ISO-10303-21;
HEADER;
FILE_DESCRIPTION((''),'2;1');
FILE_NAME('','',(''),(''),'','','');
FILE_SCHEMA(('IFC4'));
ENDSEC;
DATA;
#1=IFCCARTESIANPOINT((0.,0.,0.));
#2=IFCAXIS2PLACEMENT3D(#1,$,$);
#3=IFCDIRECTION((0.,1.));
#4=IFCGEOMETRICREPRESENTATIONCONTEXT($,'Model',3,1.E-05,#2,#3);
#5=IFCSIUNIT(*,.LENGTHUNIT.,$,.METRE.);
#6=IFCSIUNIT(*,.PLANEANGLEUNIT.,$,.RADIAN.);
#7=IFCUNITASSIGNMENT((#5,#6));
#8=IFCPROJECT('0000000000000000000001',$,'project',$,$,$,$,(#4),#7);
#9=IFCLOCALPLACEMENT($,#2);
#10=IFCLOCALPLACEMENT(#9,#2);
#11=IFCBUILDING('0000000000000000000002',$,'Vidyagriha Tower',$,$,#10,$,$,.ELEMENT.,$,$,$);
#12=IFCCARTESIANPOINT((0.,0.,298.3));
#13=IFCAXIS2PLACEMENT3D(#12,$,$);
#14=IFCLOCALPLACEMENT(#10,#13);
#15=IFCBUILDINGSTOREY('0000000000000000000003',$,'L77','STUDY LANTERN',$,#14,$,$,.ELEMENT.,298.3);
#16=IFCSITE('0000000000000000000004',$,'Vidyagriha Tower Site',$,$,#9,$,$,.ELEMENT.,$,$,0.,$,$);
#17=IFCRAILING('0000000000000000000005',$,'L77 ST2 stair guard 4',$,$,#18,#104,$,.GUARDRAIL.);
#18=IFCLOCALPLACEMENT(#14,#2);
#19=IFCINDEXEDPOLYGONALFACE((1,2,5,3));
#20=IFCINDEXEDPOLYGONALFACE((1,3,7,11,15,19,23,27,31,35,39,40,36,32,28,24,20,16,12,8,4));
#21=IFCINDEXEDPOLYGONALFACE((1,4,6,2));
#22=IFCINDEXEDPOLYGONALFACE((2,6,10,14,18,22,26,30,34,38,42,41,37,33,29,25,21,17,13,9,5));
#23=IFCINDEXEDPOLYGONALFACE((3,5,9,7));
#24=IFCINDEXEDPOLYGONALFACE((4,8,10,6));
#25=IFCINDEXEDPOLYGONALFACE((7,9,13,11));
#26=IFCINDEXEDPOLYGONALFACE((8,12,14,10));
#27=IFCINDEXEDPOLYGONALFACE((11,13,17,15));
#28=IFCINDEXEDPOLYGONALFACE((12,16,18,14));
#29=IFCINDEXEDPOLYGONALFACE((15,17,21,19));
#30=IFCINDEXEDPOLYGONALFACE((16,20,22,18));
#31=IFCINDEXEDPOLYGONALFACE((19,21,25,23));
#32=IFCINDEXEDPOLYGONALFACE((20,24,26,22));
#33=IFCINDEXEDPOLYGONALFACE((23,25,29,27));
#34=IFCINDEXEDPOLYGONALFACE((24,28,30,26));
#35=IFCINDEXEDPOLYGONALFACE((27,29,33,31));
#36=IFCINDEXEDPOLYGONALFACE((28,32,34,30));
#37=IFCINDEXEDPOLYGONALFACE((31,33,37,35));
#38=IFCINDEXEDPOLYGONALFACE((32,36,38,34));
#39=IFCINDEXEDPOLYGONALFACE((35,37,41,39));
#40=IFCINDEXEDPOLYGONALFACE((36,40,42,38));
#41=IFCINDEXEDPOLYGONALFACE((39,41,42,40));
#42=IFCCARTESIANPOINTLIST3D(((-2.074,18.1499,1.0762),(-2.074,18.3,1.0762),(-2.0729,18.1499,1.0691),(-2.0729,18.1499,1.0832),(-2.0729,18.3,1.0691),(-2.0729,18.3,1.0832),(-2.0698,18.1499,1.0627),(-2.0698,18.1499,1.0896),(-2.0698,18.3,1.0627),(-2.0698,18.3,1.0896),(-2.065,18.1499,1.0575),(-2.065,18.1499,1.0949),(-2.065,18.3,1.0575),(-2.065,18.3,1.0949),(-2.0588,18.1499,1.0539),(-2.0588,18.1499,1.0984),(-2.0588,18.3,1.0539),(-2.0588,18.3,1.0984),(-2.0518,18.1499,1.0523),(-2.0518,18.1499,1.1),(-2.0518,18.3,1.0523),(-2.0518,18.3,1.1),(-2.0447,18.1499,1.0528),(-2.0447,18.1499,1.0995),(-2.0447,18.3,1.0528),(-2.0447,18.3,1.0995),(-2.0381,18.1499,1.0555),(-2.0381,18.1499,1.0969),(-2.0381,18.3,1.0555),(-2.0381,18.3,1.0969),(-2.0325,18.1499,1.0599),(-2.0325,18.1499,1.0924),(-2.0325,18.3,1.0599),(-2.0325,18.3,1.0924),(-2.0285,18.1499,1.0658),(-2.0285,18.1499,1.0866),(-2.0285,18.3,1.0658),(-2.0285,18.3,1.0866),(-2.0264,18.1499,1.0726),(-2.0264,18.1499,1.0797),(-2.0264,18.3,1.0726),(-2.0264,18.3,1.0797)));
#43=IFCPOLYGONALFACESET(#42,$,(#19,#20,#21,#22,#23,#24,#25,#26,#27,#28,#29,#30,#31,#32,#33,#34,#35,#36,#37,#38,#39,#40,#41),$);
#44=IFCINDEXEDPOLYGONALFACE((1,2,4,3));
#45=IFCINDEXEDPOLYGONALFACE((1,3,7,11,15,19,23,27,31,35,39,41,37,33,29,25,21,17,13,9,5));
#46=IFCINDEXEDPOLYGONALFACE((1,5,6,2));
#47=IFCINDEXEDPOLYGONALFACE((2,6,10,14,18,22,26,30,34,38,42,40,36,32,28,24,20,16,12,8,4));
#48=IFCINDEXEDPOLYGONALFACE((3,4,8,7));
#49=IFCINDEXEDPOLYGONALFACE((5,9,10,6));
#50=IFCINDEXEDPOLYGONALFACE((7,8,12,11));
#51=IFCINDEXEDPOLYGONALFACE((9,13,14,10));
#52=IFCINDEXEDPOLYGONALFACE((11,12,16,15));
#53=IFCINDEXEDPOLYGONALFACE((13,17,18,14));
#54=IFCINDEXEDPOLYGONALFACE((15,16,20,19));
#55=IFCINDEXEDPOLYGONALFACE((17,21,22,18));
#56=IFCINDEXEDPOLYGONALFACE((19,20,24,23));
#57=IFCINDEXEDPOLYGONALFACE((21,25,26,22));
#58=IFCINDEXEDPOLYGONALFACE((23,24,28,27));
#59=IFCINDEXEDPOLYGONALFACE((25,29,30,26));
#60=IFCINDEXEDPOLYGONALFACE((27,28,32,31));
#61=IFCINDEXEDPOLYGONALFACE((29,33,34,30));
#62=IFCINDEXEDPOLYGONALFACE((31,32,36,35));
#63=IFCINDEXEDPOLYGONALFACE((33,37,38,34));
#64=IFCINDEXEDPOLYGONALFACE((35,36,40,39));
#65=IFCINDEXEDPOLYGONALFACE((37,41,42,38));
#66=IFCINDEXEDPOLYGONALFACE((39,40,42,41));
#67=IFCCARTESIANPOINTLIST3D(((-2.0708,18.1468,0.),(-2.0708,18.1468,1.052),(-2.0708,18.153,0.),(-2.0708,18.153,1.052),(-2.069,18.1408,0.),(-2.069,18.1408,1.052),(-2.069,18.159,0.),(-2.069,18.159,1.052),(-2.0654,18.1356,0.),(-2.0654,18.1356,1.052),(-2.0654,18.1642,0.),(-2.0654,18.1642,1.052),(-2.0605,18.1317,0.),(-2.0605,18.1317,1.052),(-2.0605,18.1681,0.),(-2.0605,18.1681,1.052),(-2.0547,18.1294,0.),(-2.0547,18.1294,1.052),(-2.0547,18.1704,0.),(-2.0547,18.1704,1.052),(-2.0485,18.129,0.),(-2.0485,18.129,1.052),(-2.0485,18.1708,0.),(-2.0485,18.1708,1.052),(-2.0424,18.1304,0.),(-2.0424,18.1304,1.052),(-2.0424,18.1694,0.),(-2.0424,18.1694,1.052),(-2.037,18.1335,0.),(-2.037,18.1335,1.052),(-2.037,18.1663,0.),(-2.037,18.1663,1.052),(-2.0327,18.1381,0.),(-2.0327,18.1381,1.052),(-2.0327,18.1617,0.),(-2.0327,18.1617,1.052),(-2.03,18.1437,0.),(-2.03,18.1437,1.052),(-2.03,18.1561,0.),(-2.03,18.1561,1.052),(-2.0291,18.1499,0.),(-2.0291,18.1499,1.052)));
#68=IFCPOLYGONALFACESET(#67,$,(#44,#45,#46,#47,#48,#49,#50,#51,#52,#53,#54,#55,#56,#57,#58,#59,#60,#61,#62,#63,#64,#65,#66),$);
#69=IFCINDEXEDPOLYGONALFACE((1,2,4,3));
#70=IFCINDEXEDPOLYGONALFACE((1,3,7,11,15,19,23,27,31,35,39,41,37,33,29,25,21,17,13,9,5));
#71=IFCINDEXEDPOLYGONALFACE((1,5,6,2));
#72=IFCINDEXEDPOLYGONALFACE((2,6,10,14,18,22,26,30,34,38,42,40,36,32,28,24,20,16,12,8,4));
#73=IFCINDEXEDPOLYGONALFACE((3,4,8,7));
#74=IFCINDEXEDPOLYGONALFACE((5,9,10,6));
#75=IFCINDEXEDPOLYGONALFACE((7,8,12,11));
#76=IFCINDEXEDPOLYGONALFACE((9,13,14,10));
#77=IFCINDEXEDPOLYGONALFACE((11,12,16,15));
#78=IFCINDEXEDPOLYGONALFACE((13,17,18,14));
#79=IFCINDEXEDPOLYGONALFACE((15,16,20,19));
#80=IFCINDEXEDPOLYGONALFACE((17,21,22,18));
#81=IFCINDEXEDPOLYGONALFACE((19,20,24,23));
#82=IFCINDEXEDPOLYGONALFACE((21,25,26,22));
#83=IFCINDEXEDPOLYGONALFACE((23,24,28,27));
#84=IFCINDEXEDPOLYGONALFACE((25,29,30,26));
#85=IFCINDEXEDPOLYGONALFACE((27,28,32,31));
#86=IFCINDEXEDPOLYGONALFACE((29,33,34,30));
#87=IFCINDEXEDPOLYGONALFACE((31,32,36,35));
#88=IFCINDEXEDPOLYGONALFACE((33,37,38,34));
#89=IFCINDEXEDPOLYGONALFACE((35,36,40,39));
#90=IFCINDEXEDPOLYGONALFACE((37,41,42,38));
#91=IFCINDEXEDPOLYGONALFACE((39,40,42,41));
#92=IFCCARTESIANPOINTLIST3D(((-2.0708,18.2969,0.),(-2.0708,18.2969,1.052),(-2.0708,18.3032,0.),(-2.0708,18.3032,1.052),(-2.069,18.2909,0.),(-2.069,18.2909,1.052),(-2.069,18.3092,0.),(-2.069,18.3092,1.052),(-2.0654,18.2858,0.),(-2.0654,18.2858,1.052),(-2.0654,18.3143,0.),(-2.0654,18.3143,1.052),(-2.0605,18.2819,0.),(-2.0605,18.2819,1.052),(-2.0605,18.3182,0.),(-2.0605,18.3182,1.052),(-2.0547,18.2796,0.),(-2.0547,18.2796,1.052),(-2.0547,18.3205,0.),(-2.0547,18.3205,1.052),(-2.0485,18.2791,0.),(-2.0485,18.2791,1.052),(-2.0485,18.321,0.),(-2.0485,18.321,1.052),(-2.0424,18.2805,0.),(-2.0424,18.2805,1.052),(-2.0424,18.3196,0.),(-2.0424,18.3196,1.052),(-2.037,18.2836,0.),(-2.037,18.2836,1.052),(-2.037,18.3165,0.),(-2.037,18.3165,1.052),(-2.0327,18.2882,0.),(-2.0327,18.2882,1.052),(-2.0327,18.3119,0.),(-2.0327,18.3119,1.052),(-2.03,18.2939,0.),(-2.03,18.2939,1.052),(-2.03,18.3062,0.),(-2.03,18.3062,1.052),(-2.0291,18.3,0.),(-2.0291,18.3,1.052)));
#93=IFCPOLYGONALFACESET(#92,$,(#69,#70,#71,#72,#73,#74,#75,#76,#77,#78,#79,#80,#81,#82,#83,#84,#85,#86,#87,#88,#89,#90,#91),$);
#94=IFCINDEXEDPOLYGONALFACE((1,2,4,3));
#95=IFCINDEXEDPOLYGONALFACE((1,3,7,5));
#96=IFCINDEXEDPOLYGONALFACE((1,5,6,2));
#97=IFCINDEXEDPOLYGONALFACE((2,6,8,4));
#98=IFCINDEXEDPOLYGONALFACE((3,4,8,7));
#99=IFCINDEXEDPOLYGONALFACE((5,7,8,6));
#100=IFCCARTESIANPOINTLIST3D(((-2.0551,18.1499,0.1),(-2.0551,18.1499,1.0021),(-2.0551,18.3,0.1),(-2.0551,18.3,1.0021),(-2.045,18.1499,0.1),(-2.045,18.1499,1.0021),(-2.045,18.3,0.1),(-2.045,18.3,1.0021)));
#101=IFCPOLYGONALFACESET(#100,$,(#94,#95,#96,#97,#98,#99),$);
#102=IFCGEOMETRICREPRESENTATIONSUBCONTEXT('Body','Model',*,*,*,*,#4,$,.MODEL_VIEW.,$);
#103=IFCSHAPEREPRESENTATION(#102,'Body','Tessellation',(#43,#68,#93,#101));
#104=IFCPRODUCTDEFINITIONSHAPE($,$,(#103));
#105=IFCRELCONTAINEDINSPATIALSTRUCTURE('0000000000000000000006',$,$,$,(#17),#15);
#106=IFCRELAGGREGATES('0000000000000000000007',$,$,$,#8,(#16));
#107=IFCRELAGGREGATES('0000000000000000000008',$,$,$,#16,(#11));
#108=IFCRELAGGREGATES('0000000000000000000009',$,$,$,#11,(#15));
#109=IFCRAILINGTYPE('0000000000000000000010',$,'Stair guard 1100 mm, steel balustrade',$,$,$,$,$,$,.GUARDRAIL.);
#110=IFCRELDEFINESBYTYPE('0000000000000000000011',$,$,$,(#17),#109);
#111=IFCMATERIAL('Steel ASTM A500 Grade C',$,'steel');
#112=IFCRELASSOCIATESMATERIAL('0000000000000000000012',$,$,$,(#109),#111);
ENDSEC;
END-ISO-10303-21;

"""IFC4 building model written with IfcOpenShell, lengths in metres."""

from ifc_helpers import new_model, si_unit, direction, frame, origin, origin_2d, place, context, subcontext, project, spatial, rectangle, circle, extrude, material, type_object, element, save


model = new_model("IFC4")

# Units and contexts
model_context = context("Model", 3, precision=1e-05, world=origin(), true_north=direction((0.0, 1.0)))
body_context = subcontext(model_context, "Body", "Model", "MODEL_VIEW")
ifc_project = project(units=[si_unit("LENGTHUNIT", "METRE"), si_unit("PLANEANGLEUNIT", "RADIAN")], contexts=[model_context])

# Site, building, storey
site_placement = place(None, origin())
site = spatial("IfcSite", under=ifc_project, at=site_placement, Name="Vidyagriha Tower Site", CompositionType="ELEMENT", RefElevation=0.0)
building_placement = place(site_placement, origin())
building = spatial("IfcBuilding", under=site, at=building_placement, Name="Vidyagriha Tower", CompositionType="ELEMENT")
storey_placement = place(building_placement, frame((0.0, 0.0, 298.3)))
storey = spatial("IfcBuildingStorey", under=building, at=storey_placement, Name="L77", Description="STUDY LANTERN", CompositionType="ELEMENT", Elevation=298.3)

# Railing
ifc_material_1 = material(Name="Steel ASTM A500 Grade C", Category="steel")
railing_type_1 = type_object("IfcRailingType", Name="Stair guard 1100 mm, steel balustrade", PredefinedType="GUARDRAIL", material=ifc_material_1)
railing_1_placement = place(storey_placement, frame((-2.05, 18.1499, 0.0)))
element("IfcRailing", 1, at=railing_1_placement, inside=storey, type_object=railing_type_1, Name="L77 ST2 stair guard 4", PredefinedType="GUARDRAIL", context=body_context, shape_type="SweptSolid", body=[
    extrude(circle(Radius=0.0239, at=origin_2d()), frame((0.0, 0.0, 1.0762), z_axis=(0.0, 1.0, 0.0), x_axis=(-1.0, 0.0, 0.0)), (0.0, 0.0, 1.0), 0.1501),
    extrude(circle(Radius=0.021, at=origin_2d()), origin(), (0.0, 0.0, 1.0), 1.052),
    extrude(circle(Radius=0.021, at=origin_2d()), frame((0.0, 0.1501, 0.0)), (0.0, 0.0, 1.0), 1.052),
    extrude(rectangle(XDim=0.01, YDim=0.9021, at=origin_2d()), frame((0.0, 0.0, 0.551), z_axis=(0.0, 1.0, 0.0), x_axis=(-1.0, 0.0, 0.0)), (0.0, 0.0, 1.0), 0.1501),
])

save(model, "model.ifc")
